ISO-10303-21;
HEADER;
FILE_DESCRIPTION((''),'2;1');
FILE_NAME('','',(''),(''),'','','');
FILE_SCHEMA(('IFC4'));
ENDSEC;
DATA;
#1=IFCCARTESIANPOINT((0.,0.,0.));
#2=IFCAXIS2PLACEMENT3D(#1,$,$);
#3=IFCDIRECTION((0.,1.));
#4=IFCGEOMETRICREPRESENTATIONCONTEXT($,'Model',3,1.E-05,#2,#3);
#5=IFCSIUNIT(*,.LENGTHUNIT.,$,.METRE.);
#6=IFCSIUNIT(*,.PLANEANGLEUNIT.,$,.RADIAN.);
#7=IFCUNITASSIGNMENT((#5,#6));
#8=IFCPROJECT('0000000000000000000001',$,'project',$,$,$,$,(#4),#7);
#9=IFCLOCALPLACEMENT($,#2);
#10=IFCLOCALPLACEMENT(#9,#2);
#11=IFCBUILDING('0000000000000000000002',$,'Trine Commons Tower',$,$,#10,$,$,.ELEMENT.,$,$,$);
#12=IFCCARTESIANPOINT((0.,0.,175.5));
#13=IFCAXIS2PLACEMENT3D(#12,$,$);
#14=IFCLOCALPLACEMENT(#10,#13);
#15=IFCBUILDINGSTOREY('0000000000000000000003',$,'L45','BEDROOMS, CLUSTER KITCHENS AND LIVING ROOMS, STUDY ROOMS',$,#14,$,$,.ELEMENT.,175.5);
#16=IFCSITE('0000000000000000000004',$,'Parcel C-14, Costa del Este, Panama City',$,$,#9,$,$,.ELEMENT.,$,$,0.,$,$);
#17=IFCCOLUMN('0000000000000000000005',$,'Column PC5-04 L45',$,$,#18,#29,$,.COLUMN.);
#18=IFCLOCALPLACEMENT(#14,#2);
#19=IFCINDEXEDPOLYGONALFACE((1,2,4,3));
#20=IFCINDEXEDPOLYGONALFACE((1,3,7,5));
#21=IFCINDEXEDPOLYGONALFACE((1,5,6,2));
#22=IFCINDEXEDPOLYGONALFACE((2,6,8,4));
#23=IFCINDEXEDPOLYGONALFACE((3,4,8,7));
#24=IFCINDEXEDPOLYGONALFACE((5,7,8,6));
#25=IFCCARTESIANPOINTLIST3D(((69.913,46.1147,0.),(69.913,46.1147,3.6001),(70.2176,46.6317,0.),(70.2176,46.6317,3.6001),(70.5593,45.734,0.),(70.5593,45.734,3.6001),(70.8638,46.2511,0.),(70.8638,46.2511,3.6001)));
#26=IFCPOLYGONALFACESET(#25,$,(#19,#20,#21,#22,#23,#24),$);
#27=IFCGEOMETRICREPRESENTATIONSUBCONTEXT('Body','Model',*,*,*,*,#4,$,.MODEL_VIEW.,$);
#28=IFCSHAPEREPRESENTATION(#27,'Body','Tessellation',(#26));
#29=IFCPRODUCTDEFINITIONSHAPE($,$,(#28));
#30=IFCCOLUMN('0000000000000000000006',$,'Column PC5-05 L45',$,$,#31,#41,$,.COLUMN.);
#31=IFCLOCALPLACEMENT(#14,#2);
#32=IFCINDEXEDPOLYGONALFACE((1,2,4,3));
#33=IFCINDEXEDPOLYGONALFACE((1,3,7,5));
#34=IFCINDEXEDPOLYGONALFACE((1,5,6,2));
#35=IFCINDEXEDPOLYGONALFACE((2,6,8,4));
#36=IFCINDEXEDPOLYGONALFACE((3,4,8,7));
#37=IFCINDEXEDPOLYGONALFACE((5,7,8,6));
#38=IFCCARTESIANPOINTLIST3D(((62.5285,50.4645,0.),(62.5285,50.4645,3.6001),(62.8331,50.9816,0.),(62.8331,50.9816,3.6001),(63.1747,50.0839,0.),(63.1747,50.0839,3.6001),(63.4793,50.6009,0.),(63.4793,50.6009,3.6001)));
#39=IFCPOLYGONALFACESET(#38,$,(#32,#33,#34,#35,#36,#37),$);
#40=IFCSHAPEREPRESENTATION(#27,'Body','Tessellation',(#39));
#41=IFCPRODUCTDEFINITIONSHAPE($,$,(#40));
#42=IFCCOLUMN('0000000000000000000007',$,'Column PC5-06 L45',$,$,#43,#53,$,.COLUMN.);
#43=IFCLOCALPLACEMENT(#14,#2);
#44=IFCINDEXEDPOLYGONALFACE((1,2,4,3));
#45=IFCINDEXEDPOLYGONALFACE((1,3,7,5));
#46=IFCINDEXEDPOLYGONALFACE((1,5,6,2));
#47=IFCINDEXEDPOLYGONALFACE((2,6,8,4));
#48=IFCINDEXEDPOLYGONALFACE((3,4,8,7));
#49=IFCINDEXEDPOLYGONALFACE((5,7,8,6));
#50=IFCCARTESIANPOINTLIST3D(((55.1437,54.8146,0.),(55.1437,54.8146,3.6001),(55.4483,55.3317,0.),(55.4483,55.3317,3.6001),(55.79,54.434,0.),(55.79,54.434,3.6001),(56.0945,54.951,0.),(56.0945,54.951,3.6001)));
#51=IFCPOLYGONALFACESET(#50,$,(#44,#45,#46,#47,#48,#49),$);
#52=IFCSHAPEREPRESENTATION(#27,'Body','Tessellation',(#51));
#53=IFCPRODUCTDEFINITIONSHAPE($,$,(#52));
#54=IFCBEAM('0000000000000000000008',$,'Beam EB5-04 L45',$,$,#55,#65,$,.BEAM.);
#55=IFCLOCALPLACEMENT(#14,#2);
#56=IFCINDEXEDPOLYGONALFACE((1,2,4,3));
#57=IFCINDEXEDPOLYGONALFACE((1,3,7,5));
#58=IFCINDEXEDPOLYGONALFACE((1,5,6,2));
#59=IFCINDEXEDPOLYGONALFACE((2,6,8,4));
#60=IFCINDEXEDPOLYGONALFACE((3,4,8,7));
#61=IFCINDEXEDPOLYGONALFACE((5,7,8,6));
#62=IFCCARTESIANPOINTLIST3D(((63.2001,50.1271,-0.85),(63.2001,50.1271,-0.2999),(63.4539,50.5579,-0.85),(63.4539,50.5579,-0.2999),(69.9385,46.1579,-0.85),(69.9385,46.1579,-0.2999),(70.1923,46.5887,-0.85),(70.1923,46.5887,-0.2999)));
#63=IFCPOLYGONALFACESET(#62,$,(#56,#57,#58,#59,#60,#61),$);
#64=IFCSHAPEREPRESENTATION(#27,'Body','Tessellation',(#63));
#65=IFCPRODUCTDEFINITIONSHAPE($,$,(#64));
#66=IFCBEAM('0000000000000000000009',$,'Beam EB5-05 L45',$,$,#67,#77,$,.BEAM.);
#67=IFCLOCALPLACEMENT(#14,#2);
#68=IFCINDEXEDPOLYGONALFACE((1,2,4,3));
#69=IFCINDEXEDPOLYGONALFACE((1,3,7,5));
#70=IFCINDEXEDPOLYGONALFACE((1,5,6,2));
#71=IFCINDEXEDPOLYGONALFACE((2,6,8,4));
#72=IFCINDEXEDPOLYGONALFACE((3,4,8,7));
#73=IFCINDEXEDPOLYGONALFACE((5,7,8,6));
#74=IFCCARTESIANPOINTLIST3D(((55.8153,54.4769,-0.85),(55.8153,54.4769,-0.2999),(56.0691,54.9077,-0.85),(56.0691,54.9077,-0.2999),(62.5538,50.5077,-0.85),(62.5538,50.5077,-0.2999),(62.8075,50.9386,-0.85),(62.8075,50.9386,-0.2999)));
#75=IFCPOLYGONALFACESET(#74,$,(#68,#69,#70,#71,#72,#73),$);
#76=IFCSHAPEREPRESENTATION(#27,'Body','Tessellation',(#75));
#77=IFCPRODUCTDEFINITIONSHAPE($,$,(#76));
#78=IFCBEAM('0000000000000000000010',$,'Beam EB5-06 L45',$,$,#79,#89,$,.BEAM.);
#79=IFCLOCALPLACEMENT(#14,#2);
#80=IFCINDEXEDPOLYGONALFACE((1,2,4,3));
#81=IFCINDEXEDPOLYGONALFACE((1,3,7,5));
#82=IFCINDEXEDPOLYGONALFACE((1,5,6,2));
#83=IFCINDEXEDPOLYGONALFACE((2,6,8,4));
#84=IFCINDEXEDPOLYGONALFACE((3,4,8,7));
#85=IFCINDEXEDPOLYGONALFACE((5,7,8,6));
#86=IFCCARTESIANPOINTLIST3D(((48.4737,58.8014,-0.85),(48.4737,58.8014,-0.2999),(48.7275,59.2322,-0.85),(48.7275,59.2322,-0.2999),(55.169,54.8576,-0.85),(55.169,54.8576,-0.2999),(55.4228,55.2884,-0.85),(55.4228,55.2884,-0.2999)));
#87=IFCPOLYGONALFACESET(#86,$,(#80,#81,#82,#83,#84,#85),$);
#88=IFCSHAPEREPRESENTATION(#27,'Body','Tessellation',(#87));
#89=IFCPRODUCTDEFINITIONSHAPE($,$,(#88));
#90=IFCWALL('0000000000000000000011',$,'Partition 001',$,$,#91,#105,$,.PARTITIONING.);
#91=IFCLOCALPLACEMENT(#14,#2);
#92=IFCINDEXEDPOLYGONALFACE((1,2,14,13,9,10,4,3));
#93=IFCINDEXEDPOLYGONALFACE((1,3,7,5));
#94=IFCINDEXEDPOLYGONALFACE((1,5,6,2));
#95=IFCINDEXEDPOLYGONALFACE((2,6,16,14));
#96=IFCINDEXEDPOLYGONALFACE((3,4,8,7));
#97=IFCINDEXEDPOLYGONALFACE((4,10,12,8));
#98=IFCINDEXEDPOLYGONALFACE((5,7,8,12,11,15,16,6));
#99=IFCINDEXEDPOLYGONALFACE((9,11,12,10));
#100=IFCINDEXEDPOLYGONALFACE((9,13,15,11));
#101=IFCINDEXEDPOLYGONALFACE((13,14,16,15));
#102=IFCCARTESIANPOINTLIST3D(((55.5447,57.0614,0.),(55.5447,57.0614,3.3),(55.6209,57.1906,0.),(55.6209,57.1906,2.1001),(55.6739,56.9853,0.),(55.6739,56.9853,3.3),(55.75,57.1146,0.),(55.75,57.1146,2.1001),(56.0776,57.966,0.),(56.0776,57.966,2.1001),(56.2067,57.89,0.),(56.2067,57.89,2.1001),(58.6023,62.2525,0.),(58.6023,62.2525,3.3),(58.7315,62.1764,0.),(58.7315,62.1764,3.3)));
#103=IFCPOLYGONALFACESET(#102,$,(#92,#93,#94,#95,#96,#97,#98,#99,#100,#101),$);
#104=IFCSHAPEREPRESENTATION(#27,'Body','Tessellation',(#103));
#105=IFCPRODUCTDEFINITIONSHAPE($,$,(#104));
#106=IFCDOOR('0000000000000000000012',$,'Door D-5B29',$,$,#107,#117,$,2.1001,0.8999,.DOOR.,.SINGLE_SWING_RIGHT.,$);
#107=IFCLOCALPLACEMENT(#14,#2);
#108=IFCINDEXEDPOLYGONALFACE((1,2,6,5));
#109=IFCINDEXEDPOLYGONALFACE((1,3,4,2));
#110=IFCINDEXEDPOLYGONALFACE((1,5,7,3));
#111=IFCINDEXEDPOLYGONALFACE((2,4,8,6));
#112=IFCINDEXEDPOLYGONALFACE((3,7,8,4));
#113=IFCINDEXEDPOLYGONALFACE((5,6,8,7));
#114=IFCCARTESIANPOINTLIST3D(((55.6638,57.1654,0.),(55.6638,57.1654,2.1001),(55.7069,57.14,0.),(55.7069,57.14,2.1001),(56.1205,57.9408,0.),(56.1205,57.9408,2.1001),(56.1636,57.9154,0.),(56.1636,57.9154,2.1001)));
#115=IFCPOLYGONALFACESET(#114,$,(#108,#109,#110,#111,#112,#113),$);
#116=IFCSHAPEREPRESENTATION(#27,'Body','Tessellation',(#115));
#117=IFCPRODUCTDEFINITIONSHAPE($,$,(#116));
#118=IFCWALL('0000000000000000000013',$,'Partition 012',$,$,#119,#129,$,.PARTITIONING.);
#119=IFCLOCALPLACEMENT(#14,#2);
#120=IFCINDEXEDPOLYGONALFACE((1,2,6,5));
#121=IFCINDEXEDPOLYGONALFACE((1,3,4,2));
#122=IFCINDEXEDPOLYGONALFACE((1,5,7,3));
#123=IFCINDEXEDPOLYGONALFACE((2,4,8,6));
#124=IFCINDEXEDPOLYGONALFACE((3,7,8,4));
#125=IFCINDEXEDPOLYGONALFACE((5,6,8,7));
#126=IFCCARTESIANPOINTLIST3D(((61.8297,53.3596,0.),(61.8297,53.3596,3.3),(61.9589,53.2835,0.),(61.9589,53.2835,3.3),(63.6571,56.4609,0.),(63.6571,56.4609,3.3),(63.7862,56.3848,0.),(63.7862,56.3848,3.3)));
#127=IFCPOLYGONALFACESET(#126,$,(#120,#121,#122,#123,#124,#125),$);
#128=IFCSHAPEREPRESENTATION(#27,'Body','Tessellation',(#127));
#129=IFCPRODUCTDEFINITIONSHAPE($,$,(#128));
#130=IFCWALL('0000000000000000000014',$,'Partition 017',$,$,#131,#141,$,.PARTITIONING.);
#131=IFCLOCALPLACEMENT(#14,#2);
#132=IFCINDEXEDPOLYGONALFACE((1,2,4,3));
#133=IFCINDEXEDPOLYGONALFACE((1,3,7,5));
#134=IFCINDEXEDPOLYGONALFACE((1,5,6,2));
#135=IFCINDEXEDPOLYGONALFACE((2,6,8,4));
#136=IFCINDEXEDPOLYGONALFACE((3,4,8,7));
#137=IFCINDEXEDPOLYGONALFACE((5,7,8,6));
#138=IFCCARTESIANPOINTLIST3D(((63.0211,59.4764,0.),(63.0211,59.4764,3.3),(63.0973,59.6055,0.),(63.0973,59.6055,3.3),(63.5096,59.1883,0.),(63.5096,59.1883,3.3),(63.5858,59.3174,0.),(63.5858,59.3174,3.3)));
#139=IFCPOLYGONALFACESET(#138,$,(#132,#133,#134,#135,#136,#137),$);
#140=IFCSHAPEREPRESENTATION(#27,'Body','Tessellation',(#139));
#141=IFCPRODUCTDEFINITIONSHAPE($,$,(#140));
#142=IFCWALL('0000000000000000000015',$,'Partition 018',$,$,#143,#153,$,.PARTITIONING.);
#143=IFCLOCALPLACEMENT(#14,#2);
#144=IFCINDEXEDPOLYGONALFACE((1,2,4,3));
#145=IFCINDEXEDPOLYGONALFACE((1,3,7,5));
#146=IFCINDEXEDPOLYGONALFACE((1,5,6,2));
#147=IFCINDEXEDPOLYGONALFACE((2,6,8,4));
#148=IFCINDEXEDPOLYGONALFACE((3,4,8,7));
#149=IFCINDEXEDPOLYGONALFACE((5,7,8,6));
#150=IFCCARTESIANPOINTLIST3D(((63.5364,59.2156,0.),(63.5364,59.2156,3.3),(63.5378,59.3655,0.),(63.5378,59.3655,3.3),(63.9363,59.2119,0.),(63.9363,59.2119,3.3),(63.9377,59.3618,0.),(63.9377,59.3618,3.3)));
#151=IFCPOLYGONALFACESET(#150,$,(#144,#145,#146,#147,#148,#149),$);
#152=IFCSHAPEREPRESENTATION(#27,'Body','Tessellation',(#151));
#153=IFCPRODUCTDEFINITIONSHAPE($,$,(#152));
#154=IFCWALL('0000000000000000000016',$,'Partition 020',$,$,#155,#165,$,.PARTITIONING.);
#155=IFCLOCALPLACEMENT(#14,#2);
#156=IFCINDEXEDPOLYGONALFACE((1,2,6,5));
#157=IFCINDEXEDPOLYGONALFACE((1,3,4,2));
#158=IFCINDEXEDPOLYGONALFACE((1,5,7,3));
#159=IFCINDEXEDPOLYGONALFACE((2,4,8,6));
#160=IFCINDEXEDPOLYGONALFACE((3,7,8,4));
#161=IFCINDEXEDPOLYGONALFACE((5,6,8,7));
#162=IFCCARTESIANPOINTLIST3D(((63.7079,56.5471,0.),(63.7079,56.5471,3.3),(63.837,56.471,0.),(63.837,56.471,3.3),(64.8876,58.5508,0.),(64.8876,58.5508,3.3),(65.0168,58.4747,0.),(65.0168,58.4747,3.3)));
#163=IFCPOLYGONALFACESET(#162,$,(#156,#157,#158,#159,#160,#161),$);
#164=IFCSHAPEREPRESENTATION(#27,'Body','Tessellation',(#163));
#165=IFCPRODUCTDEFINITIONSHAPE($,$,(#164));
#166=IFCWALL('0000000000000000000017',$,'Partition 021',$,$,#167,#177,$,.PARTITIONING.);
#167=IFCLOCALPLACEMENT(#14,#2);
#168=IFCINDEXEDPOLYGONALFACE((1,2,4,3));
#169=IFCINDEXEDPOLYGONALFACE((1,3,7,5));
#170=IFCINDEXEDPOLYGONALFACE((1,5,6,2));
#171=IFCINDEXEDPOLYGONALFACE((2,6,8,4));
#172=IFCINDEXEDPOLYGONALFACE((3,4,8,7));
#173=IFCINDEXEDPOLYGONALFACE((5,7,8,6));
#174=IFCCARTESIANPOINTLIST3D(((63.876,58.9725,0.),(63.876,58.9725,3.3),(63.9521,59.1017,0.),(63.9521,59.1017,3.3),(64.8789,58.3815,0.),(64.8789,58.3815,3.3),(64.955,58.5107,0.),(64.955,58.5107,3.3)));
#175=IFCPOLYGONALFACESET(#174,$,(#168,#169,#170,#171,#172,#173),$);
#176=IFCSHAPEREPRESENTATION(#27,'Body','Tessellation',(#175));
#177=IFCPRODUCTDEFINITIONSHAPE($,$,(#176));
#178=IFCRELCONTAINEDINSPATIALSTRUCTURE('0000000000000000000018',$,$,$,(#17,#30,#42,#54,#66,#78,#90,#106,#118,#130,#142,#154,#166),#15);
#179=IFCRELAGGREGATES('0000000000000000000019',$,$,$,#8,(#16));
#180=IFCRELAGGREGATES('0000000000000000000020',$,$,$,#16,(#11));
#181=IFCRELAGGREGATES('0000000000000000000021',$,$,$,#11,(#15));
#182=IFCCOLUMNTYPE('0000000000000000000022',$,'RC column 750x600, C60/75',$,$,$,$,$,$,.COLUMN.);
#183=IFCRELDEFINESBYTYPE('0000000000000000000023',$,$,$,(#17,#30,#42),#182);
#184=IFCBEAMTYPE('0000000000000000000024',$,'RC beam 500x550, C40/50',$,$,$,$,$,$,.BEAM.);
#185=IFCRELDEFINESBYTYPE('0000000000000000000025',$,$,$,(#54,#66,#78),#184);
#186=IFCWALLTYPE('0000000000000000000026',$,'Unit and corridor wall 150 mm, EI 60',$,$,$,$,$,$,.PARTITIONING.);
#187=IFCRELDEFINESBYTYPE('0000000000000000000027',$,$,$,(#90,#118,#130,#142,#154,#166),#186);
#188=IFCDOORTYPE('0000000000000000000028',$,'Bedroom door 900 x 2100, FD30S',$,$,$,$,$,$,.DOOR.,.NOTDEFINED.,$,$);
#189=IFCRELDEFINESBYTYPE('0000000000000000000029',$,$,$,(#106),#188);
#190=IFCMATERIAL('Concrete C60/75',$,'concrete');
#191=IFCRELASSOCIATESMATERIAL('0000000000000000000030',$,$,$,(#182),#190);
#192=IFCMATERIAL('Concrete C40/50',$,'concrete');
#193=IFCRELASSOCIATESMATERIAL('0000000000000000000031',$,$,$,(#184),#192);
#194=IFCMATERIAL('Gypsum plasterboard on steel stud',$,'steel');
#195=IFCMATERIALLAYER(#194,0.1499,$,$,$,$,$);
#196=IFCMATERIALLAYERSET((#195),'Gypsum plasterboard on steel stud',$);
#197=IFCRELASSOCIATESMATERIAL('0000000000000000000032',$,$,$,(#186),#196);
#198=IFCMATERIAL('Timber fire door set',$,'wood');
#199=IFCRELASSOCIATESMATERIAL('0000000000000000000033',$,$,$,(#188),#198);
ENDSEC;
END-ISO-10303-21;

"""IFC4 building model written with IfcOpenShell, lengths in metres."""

from ifc_helpers import new_model, si_unit, direction, frame, frame_2d, origin, origin_2d, place, context, subcontext, project, spatial, rectangle, extrude, material, layer, layer_set, material_profile, profile_set, type_object, element, fill, save


model = new_model("IFC4")

# Units and contexts
model_context = context("Model", 3, precision=1e-05, world=origin(), true_north=direction((0.0, 1.0)))
body_context = subcontext(model_context, "Body", "Model", "MODEL_VIEW")
ifc_project = project(units=[si_unit("LENGTHUNIT", "METRE"), si_unit("PLANEANGLEUNIT", "RADIAN")], contexts=[model_context])

# Site, building, storey
site_placement = place(None, origin())
site = spatial("IfcSite", under=ifc_project, at=site_placement, Name="Parcel C-14, Costa del Este, Panama City", CompositionType="ELEMENT", RefElevation=0.0)
building_placement = place(site_placement, origin())
building = spatial("IfcBuilding", under=site, at=building_placement, Name="Trine Commons Tower", CompositionType="ELEMENT")
storey_placement = place(building_placement, frame((0.0, 0.0, 175.5)))
storey = spatial("IfcBuildingStorey", under=building, at=storey_placement, Name="L45", Description="BEDROOMS, CLUSTER KITCHENS AND LIVING ROOMS, STUDY ROOMS", CompositionType="ELEMENT", Elevation=175.5)

# Columns
ifc_material_1 = material(Name="Concrete C60/75", Category="concrete")
ifc_material_profile_1 = material_profile(ifc_material_1, rectangle(XDim=0.75, YDim=0.6001, at=origin_2d()), Name="RC 750x600")
ifc_profile_set_1 = profile_set([ifc_material_profile_1], Name="Concrete C60/75")
column_type = type_object("IfcColumnType", Name="RC column 750x600, C60/75", PredefinedType="COLUMN", material=ifc_profile_set_1)
for number, where, z_axis, x_axis, name in (
    (1, (70.3884, 46.1829, 0.0), (0.0, 0.0, 1.0), (-0.861629, 0.507538, 0.0), "Column PC5-04 L45"),
    (2, (63.0039, 50.5327, 0.0), (0.0, 0.0, 1.0), (-0.861629, 0.507538, 0.0), "Column PC5-05 L45"),
    (3, (55.6191, 54.8828, 0.0), (0.0, 0.0, 1.0), (-0.861629, 0.507538, 0.0), "Column PC5-06 L45"),
):
    element("IfcColumn", number, at=place(storey_placement, frame(where, z_axis=z_axis, x_axis=x_axis)), inside=storey, type_object=column_type, Name=name, PredefinedType="COLUMN", context=body_context, shape_type="SweptSolid", body=[
        extrude(rectangle(XDim=0.75, YDim=0.6001, at=origin_2d()), origin(), (0.0, 0.0, 1.0), 3.6001),
    ])

# Beams
ifc_material_2 = material(Name="Concrete C40/50", Category="concrete")
ifc_material_profile_2 = material_profile(ifc_material_2, rectangle(XDim=0.5, YDim=0.55, at=origin_2d()), Name="RC 500x550")
ifc_profile_set_2 = profile_set([ifc_material_profile_2], Name="Concrete C40/50")
beam_type = type_object("IfcBeamType", Name="RC beam 500x550, C40/50", PredefinedType="BEAM", material=ifc_profile_set_2)
for number, where, z_axis, x_axis, name in (
    (4, (70.0654, 46.3733, -0.575), (-0.861632, 0.507533, 0.0), (-0.507533, -0.861632, 0.0), "Beam EB5-04 L45"),
    (5, (62.6807, 50.7231, -0.575), (-0.861632, 0.507533, 0.0), (-0.507533, -0.861632, 0.0), "Beam EB5-05 L45"),
):
    element("IfcBeam", number, at=place(storey_placement, frame(where, z_axis=z_axis, x_axis=x_axis)), inside=storey, type_object=beam_type, Name=name, PredefinedType="BEAM", context=body_context, shape_type="SweptSolid", body=[
        extrude(rectangle(XDim=0.5, YDim=0.55, at=origin_2d()), origin(), (0.0, 0.0, 1.0), 7.8206),
    ])
beam_placement = place(storey_placement, frame((55.2959, 55.073, -0.575), z_axis=(-0.861629, 0.507539, 0.0), x_axis=(-0.507539, -0.861629, 0.0)))
element("IfcBeam", 6, at=beam_placement, inside=storey, type_object=beam_type, Name="Beam EB5-06 L45", PredefinedType="BEAM", context=body_context, shape_type="SweptSolid", body=[
    extrude(rectangle(XDim=0.5, YDim=0.55, at=origin_2d()), origin(), (0.0, 0.0, 1.0), 7.7705),
])

# Wall, opening, door
ifc_material_3 = material(Name="Gypsum plasterboard on steel stud", Category="steel")
ifc_layer_1 = layer(ifc_material_3, 0.1499)
ifc_layer_set_1 = layer_set([ifc_layer_1], Name="Gypsum plasterboard on steel stud")
wall_type_1 = type_object("IfcWallType", Name="Unit and corridor wall 150 mm, EI 60", PredefinedType="PARTITIONING", material=ifc_layer_set_1)
wall_1_placement = place(storey_placement, frame((55.6094, 57.0234, 0.0), z_axis=(0.0, 0.0, 1.0), x_axis=(0.507512, 0.861644, 0.0)))
wall_1 = element("IfcWall", 7, at=wall_1_placement, inside=storey, type_object=wall_type_1, Name="Partition 001", PredefinedType="PARTITIONING", context=body_context, shape_type="SweptSolid", body=[
    extrude(rectangle(XDim=6.0247, YDim=0.1499, at=frame_2d((3.0122, 0.0))), origin(), (0.0, 0.0, 1.0), 3.3),
])
opening_1_placement = place(wall_1_placement, frame((0.1499, 0.0, 0.0)))
opening_1 = element("IfcOpeningElement", 8, at=opening_1_placement, cuts=wall_1, PredefinedType="OPENING", context=body_context, shape_type="SweptSolid", body=[
    extrude(rectangle(XDim=0.8999, YDim=2.1001, at=frame_2d((0.45, 1.05))), frame((0.0, 0.085, 0.0), z_axis=(0.0, -1.0, 0.0), x_axis=(1.0, 0.0, 0.0)), (0.0, 0.0, 1.0), 0.1699),
])
ifc_material_4 = material(Name="Timber fire door set", Category="wood")
door_type_1 = type_object("IfcDoorType", Name="Bedroom door 900 x 2100, FD30S", OperationType="NOTDEFINED", PredefinedType="DOOR", material=ifc_material_4)
door_1_placement = place(opening_1_placement, frame((0.8999, 0.0, 0.0), z_axis=(0.0, 0.0, 1.0), x_axis=(-1.0, 0.0, 0.0)))
door_1 = element("IfcDoor", 9, at=door_1_placement, inside=storey, type_object=door_type_1, Name="Door D-5B29", OperationType="SINGLE_SWING_RIGHT", OverallHeight=2.1001, OverallWidth=0.8999, PredefinedType="DOOR", context=body_context, shape_type="SweptSolid", body=[
    extrude(rectangle(XDim=0.8999, YDim=2.1001, at=frame_2d((0.45, 1.05))), frame((0.0, 0.0249, 0.0), z_axis=(0.0, -1.0, 0.0), x_axis=(1.0, 0.0, 0.0)), (0.0, 0.0, 1.0), 0.05),
])
fill(opening_1, door_1)

# Walls
wall_2_placement = place(storey_placement, frame((61.8943, 53.3215, 0.0), z_axis=(0.0, 0.0, 1.0), x_axis=(0.507657, 0.861559, 0.0)))
element("IfcWall", 10, at=wall_2_placement, inside=storey, type_object=wall_type_1, Name="Partition 012", PredefinedType="PARTITIONING", context=body_context, shape_type="SweptSolid", body=[
    extrude(rectangle(XDim=3.5996, YDim=0.1499, at=frame_2d((1.7998, 0.0))), origin(), (0.0, 0.0, 1.0), 3.3),
])
wall_3_placement = place(storey_placement, frame((63.0591, 59.541, 0.0), z_axis=(0.0, 0.0, 1.0), x_axis=(0.86138, -0.50796, 0.0)))
element("IfcWall", 11, at=wall_3_placement, inside=storey, type_object=wall_type_1, Name="Partition 017", PredefinedType="PARTITIONING", context=body_context, shape_type="SweptSolid", body=[
    extrude(rectangle(XDim=0.5671, YDim=0.1499, at=frame_2d((0.2837, 0.0))), origin(), (0.0, 0.0, 1.0), 3.3),
])
wall_4_placement = place(storey_placement, frame((63.5371, 59.2905, 0.0), z_axis=(0.0, 0.0, 1.0), x_axis=(0.999958, -0.009157, 0.0)))
element("IfcWall", 12, at=wall_4_placement, inside=storey, type_object=wall_type_1, Name="Partition 018", PredefinedType="PARTITIONING", context=body_context, shape_type="SweptSolid", body=[
    extrude(rectangle(XDim=0.3999, YDim=0.1499, at=frame_2d((0.2, 0.0))), origin(), (0.0, 0.0, 1.0), 3.3),
])
wall_5_placement = place(storey_placement, frame((63.7725, 56.509, 0.0), z_axis=(0.0, 0.0, 1.0), x_axis=(0.50736, 0.861734, 0.0)))
element("IfcWall", 13, at=wall_5_placement, inside=storey, type_object=wall_type_1, Name="Partition 020", PredefinedType="PARTITIONING", context=body_context, shape_type="SweptSolid", body=[
    extrude(rectangle(XDim=2.3252, YDim=0.1499, at=frame_2d((1.1626, 0.0))), origin(), (0.0, 0.0, 1.0), 3.3),
])
wall_6_placement = place(storey_placement, frame((63.9141, 59.0371, 0.0), z_axis=(0.0, 0.0, 1.0), x_axis=(0.861519, -0.507726, 0.0)))
element("IfcWall", 14, at=wall_6_placement, inside=storey, type_object=wall_type_1, Name="Partition 021", PredefinedType="PARTITIONING", context=body_context, shape_type="SweptSolid", body=[
    extrude(rectangle(XDim=1.1641, YDim=0.1499, at=frame_2d((0.582, 0.0))), origin(), (0.0, 0.0, 1.0), 3.3),
])

save(model, "model.ifc")
